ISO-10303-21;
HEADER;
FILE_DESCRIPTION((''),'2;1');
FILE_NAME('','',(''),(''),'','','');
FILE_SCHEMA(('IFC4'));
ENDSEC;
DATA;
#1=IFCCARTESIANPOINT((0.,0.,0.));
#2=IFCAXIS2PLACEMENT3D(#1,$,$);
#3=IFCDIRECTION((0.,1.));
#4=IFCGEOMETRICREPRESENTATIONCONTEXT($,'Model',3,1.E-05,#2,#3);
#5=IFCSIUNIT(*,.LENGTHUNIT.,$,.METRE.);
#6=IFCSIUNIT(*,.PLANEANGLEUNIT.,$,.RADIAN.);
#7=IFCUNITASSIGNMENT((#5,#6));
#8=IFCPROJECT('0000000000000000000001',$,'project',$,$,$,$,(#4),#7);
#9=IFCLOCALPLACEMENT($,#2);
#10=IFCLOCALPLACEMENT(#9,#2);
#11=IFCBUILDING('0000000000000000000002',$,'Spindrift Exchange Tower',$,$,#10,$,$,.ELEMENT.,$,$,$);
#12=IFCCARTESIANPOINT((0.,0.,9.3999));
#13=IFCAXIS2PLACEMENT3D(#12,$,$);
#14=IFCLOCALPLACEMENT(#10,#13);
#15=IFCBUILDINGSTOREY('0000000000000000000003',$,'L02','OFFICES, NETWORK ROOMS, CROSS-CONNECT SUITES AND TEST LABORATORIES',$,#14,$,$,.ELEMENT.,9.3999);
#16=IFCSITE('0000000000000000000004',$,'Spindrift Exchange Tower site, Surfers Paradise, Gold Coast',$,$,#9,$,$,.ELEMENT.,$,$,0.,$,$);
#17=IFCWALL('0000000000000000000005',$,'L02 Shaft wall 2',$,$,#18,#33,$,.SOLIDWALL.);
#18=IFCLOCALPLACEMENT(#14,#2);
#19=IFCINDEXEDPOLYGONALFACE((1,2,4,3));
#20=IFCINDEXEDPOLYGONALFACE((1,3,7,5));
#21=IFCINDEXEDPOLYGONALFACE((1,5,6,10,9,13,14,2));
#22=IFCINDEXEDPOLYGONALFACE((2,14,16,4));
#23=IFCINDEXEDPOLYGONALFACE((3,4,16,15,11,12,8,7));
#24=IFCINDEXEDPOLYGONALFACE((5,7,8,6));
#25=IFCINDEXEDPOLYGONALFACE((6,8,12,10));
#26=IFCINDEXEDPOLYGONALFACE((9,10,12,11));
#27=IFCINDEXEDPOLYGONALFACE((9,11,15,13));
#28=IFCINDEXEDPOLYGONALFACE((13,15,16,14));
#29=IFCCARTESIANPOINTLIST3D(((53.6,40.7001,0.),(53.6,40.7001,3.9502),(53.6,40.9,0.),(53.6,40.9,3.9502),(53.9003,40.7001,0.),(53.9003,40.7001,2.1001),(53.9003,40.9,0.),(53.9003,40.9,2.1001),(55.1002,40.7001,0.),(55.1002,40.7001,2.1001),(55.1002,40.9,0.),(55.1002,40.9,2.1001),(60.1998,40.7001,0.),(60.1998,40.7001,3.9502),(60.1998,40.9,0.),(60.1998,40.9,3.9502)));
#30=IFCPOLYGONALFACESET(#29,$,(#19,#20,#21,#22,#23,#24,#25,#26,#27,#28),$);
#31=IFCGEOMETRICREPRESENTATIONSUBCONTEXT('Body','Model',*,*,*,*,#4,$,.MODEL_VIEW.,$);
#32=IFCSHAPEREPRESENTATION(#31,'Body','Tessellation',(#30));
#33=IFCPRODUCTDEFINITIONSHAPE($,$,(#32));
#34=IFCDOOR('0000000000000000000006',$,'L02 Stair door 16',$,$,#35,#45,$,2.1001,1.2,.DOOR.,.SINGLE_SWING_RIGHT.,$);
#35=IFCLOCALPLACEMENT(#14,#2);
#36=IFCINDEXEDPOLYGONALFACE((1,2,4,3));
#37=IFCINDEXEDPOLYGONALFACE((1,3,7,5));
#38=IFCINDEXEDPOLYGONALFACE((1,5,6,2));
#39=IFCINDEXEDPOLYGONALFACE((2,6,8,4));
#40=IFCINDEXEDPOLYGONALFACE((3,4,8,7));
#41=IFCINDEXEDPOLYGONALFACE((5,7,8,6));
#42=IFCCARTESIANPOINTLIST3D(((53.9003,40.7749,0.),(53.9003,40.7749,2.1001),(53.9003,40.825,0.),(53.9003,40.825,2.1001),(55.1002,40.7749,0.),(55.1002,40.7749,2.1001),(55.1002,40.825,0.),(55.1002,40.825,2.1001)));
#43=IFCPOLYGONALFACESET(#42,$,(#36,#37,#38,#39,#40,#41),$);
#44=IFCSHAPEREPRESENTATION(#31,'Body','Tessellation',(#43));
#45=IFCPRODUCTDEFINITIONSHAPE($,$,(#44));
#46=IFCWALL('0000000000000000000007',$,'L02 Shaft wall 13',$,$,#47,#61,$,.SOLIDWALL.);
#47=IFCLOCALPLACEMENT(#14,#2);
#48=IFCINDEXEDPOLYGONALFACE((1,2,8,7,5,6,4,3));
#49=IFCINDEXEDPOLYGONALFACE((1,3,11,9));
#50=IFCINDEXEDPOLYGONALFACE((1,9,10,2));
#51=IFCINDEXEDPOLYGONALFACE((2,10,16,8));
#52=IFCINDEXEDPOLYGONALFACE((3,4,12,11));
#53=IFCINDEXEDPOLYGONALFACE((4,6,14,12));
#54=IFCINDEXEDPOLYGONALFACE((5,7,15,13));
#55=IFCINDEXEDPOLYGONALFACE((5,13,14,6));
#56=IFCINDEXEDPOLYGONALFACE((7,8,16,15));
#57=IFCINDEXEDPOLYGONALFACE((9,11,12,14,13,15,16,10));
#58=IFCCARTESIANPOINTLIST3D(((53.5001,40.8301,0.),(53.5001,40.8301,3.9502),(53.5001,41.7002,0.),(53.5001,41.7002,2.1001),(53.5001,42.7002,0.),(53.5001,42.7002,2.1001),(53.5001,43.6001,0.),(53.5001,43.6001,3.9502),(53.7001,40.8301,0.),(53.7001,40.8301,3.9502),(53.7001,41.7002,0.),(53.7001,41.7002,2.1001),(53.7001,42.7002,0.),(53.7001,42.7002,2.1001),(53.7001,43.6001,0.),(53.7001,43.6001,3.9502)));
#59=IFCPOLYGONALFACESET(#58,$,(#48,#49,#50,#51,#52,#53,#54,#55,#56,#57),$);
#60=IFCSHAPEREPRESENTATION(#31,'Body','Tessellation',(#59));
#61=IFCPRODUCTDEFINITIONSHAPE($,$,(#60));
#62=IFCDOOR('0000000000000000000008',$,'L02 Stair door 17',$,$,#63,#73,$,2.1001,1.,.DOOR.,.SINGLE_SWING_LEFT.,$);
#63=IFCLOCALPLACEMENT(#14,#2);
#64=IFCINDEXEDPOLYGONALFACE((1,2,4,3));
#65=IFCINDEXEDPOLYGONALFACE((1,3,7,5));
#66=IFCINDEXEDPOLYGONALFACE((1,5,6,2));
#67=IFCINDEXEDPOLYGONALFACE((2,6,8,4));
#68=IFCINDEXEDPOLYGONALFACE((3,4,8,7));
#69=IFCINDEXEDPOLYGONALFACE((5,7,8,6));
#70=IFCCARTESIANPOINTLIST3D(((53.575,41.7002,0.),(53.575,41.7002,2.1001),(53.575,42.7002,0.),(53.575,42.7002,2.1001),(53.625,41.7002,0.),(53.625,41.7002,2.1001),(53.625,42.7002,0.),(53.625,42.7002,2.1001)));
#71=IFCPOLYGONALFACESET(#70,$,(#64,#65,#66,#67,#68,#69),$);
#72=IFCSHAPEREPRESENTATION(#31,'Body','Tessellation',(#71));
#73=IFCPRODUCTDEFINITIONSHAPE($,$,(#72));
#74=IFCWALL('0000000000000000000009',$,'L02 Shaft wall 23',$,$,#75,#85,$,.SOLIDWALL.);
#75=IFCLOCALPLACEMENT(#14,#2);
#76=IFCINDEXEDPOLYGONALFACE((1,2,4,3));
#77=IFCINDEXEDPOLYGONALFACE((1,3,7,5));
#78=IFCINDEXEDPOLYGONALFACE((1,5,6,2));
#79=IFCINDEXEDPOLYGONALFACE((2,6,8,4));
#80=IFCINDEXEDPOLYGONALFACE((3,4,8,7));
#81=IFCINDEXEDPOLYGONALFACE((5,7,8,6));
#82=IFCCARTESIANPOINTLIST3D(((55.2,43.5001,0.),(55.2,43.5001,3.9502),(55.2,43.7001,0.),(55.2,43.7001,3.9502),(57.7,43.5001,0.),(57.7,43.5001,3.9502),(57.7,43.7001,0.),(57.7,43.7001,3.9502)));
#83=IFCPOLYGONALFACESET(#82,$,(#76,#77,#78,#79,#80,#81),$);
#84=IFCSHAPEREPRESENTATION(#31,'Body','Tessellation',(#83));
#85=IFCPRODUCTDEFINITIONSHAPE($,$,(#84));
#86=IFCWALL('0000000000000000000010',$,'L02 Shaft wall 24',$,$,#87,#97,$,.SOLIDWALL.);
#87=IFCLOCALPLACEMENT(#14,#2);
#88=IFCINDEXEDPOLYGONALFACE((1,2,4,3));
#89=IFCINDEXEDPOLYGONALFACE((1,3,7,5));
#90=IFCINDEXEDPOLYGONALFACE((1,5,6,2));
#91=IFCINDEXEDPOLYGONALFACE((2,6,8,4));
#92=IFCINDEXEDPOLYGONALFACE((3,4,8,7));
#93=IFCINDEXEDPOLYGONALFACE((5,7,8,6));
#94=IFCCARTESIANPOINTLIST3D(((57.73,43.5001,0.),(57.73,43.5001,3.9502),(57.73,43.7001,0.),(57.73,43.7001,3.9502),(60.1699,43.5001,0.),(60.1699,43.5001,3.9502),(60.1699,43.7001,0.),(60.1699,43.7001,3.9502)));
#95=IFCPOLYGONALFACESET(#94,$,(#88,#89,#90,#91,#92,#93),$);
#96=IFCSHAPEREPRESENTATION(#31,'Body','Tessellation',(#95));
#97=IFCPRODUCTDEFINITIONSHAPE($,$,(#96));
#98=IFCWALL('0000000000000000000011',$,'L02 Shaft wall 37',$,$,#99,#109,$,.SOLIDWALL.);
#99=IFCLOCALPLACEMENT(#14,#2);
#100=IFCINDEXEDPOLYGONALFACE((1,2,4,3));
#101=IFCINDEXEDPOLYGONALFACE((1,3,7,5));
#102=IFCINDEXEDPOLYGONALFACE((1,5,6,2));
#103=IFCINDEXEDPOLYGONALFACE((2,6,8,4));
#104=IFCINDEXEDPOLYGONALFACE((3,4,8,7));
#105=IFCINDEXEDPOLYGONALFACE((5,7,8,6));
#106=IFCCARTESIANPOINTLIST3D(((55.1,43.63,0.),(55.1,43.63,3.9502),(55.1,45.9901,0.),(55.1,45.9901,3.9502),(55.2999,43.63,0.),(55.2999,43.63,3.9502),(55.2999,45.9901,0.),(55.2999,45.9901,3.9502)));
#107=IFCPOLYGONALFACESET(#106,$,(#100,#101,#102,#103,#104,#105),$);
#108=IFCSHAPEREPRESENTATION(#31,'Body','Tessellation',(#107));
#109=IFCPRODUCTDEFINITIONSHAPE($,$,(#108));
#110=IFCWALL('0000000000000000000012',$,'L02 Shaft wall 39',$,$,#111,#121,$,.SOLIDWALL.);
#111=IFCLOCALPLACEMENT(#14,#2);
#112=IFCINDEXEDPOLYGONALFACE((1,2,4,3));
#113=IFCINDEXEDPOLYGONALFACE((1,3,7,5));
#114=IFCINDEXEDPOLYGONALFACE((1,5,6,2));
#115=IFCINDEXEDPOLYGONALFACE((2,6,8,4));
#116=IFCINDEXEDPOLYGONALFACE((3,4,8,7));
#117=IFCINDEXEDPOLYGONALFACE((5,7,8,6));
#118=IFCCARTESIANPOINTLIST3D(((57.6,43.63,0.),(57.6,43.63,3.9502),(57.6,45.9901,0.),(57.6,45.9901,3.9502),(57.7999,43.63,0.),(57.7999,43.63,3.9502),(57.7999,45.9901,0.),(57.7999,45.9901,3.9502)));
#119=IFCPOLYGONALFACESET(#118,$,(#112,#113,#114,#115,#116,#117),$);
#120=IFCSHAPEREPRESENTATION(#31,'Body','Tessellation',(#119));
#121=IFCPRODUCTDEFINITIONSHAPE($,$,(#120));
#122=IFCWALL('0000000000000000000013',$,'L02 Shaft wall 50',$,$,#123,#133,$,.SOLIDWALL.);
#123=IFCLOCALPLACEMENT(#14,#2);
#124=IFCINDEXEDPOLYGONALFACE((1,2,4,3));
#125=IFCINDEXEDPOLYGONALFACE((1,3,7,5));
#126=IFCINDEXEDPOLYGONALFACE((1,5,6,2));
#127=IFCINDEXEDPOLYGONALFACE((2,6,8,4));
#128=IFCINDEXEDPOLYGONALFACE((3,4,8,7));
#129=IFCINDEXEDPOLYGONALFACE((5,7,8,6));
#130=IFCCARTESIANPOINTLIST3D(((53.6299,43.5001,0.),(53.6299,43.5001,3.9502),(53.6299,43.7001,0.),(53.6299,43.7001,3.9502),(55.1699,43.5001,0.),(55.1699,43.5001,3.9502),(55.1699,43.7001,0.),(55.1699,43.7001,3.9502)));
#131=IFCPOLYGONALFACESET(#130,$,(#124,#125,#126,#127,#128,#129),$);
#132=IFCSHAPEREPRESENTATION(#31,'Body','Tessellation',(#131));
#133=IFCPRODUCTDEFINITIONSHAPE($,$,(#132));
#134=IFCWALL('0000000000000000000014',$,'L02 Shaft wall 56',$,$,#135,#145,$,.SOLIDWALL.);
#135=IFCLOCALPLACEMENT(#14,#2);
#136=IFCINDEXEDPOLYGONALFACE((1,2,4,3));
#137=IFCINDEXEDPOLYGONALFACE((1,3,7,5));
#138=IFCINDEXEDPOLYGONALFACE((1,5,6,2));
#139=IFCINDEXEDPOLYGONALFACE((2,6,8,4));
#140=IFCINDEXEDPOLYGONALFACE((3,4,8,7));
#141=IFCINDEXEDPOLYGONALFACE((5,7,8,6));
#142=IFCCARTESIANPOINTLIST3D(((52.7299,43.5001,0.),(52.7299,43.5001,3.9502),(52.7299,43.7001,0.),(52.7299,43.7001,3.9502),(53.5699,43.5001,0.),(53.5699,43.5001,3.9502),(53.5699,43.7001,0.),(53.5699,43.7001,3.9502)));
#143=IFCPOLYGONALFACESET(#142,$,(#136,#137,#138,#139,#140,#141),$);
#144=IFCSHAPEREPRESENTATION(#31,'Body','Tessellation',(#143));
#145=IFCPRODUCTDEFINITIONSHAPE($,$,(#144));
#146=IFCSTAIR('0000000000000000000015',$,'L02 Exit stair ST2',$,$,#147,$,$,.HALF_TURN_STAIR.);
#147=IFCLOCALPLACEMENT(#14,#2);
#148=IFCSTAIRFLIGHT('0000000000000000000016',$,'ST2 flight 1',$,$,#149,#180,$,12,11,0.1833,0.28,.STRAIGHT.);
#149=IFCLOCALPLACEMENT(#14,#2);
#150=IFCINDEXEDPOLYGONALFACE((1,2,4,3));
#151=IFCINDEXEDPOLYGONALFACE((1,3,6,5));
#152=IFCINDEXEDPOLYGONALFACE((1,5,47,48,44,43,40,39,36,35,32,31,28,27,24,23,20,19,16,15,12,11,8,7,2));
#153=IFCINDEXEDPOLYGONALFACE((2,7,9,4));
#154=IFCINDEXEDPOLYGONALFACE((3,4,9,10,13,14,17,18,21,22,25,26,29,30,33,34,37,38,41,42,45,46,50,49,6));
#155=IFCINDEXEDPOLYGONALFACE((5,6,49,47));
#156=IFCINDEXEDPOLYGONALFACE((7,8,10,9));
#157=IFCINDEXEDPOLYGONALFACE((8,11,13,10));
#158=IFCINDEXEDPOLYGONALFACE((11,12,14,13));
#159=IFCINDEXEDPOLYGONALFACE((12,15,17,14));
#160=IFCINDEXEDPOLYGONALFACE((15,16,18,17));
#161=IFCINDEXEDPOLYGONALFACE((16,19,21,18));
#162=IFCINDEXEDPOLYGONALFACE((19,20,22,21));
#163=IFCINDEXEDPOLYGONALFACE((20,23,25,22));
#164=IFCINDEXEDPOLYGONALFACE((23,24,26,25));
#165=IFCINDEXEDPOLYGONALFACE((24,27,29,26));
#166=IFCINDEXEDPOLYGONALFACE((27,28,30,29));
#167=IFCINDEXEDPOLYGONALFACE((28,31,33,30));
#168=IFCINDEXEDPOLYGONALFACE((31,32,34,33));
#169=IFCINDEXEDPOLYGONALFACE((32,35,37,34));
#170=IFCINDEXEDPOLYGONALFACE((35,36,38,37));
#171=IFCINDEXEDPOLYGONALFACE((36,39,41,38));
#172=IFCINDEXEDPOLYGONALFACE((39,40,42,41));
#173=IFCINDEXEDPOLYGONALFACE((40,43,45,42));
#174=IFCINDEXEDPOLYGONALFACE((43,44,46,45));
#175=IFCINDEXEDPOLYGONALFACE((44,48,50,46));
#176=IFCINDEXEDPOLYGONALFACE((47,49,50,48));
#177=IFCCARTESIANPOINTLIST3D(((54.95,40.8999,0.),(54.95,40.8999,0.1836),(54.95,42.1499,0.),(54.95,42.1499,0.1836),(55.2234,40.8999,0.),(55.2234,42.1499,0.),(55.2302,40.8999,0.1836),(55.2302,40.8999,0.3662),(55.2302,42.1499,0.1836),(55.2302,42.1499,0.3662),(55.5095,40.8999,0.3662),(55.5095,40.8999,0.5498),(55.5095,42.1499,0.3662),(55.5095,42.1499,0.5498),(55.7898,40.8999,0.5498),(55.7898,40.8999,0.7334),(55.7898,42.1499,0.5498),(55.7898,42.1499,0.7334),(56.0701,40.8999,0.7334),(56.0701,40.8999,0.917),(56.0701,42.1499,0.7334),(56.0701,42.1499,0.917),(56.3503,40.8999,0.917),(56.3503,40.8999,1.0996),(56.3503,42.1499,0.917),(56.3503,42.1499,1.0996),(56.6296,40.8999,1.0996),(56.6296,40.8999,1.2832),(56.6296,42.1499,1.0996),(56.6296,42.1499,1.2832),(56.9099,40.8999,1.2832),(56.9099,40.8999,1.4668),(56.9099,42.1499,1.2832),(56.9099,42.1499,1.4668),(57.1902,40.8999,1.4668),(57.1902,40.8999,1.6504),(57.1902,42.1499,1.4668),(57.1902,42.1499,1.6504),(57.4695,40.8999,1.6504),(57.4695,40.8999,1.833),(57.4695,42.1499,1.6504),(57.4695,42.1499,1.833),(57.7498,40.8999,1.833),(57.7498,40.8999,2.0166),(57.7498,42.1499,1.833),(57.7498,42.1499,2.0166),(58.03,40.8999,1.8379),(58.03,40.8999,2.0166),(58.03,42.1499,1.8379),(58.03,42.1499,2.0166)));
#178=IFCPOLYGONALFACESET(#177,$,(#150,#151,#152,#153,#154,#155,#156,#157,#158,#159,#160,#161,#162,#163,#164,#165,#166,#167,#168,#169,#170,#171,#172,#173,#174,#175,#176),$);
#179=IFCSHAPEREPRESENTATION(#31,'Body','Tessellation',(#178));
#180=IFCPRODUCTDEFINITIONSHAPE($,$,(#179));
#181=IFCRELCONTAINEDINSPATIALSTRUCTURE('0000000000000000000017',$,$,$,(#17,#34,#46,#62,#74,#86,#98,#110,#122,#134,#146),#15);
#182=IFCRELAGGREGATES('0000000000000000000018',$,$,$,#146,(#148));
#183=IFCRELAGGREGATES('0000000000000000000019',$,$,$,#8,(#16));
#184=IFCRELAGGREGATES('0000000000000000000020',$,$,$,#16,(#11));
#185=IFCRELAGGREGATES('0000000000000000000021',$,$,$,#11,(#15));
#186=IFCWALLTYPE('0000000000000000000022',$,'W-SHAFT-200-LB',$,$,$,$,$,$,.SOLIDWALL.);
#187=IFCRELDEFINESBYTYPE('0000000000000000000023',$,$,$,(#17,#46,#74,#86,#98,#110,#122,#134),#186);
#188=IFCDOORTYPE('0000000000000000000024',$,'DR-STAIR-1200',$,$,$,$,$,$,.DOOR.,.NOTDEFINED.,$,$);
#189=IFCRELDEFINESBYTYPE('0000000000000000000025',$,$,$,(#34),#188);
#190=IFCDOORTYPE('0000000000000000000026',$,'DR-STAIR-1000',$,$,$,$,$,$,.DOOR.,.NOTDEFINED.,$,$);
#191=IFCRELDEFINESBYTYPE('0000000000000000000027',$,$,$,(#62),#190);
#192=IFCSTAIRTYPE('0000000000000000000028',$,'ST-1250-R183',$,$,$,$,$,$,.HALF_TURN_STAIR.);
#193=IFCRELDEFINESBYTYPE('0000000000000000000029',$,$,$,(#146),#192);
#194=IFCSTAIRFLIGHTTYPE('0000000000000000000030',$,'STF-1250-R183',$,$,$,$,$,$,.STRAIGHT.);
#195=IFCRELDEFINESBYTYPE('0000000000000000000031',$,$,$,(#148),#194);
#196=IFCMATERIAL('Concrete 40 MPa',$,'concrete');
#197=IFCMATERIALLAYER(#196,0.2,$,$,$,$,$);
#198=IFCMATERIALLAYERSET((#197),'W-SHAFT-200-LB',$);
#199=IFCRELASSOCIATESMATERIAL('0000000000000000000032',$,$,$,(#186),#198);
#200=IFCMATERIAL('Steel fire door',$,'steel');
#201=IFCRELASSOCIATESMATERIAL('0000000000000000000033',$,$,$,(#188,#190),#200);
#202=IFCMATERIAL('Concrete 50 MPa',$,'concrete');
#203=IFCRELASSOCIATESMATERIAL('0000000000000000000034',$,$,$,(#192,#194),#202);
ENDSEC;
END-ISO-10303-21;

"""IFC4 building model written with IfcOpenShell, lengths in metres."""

from ifc_helpers import new_model, si_unit, direction, frame, frame_2d, origin, place, context, subcontext, project, spatial, line, indexed_curve, rectangle, outline, extrude, source, transform, mapped, material, layer, layer_set, type_object, element, fill, aggregate, save


model = new_model("IFC4")

# Units and contexts
model_context = context("Model", 3, precision=1e-05, world=origin(), true_north=direction((0.0, 1.0)))
body_context = subcontext(model_context, "Body", "Model", "MODEL_VIEW")
ifc_project = project(units=[si_unit("LENGTHUNIT", "METRE"), si_unit("PLANEANGLEUNIT", "RADIAN")], contexts=[model_context])

# Site, building, storey
site_placement = place(None, origin())
site = spatial("IfcSite", under=ifc_project, at=site_placement, Name="Spindrift Exchange Tower site, Surfers Paradise, Gold Coast", CompositionType="ELEMENT", RefElevation=0.0)
building_placement = place(site_placement, origin())
building = spatial("IfcBuilding", under=site, at=building_placement, Name="Spindrift Exchange Tower", CompositionType="ELEMENT")
storey_placement = place(building_placement, frame((0.0, 0.0, 9.3999)))
storey = spatial("IfcBuildingStorey", under=building, at=storey_placement, Name="L02", Description="OFFICES, NETWORK ROOMS, CROSS-CONNECT SUITES AND TEST LABORATORIES", CompositionType="ELEMENT", Elevation=9.3999)

# Shared definitions
ifc_material_1 = material(Name="Concrete 40 MPa", Category="concrete")

# Walls, openings, doors
ifc_layer_1 = layer(ifc_material_1, 0.2)
ifc_layer_set_1 = layer_set([ifc_layer_1], Name="W-SHAFT-200-LB")
wall_type_1 = type_object("IfcWallType", Name="W-SHAFT-200-LB", PredefinedType="SOLIDWALL", material=ifc_layer_set_1)
wall_1_placement = place(storey_placement, frame((53.6001, 40.8, 0.0), z_axis=(0.0, 0.0, 1.0), x_axis=(1.0, 0.0, 0.0)))
wall_1 = element("IfcWall", 1, at=wall_1_placement, inside=storey, type_object=wall_type_1, Name="L02 Shaft wall 2", PredefinedType="SOLIDWALL", context=body_context, shape_type="SweptSolid", body=[
    extrude(rectangle(XDim=6.5999, YDim=0.2, at=frame_2d((3.2998, 0.0))), origin(), (0.0, 0.0, 1.0), 3.9502),
])
opening_1_placement = place(wall_1_placement, frame((0.3, 0.0, 0.0)))
opening_1 = element("IfcOpeningElement", 2, at=opening_1_placement, cuts=wall_1, PredefinedType="OPENING", context=body_context, shape_type="SweptSolid", body=[
    extrude(rectangle(XDim=1.2, YDim=2.1001, at=frame_2d((0.6001, 1.05))), frame((0.0, 0.1099, 0.0), z_axis=(0.0, -1.0, 0.0), x_axis=(1.0, 0.0, 0.0)), (0.0, 0.0, 1.0), 0.22),
])
ifc_material_2 = material(Name="Steel fire door", Category="steel")
door_type_1 = type_object("IfcDoorType", Name="DR-STAIR-1200", OperationType="NOTDEFINED", PredefinedType="DOOR", material=ifc_material_2)
shared_shape_1 = source(origin(), body_context, "Body", "SweptSolid", [
    extrude(rectangle(XDim=1.2, YDim=2.1001, at=frame_2d((0.6001, 1.05))), frame((0.0, 0.0249, 0.0), z_axis=(0.0, -1.0, 0.0), x_axis=(1.0, 0.0, 0.0)), (0.0, 0.0, 1.0), 0.05),
])
door_1_placement = place(opening_1_placement, origin())
door_1 = element("IfcDoor", 3, at=door_1_placement, inside=storey, type_object=door_type_1, Name="L02 Stair door 16", OperationType="SINGLE_SWING_RIGHT", OverallHeight=2.1001, OverallWidth=1.2, PredefinedType="DOOR", context=body_context, shape_type="MappedRepresentation", body=[
    mapped(shared_shape_1, transform((0.0, 0.0, 0.0), scale=1.0)),
])
fill(opening_1, door_1)
wall_2_placement = place(storey_placement, frame((53.6001, 43.6001, 0.0), z_axis=(0.0, 0.0, 1.0), x_axis=(0.0, -1.0, 0.0)))
wall_2 = element("IfcWall", 4, at=wall_2_placement, inside=storey, type_object=wall_type_1, Name="L02 Shaft wall 13", PredefinedType="SOLIDWALL", context=body_context, shape_type="SweptSolid", body=[
    extrude(rectangle(XDim=2.77, YDim=0.2, at=frame_2d((1.385, 0.0))), origin(), (0.0, 0.0, 1.0), 3.9502),
])
opening_2_placement = place(wall_2_placement, frame((0.8999, 0.0, 0.0)))
opening_2 = element("IfcOpeningElement", 5, at=opening_2_placement, cuts=wall_2, PredefinedType="OPENING", context=body_context, shape_type="SweptSolid", body=[
    extrude(rectangle(XDim=1.0, YDim=2.1001, at=frame_2d((0.5, 1.05))), frame((0.0, 0.1099, 0.0), z_axis=(0.0, -1.0, 0.0), x_axis=(1.0, 0.0, 0.0)), (0.0, 0.0, 1.0), 0.22),
])
door_type_2 = type_object("IfcDoorType", Name="DR-STAIR-1000", OperationType="NOTDEFINED", PredefinedType="DOOR", material=ifc_material_2)
shared_shape_2 = source(origin(), body_context, "Body", "SweptSolid", [
    extrude(rectangle(XDim=1.0, YDim=2.1001, at=frame_2d((0.5, 1.05))), frame((0.0, 0.0249, 0.0), z_axis=(0.0, -1.0, 0.0), x_axis=(1.0, 0.0, 0.0)), (0.0, 0.0, 1.0), 0.05),
])
door_2_placement = place(opening_2_placement, origin())
door_2 = element("IfcDoor", 6, at=door_2_placement, inside=storey, type_object=door_type_2, Name="L02 Stair door 17", OperationType="SINGLE_SWING_LEFT", OverallHeight=2.1001, OverallWidth=1.0, PredefinedType="DOOR", context=body_context, shape_type="MappedRepresentation", body=[
    mapped(shared_shape_2, transform((0.0, 0.0, 0.0), scale=1.0)),
])
fill(opening_2, door_2)

# Walls
wall_3_placement = place(storey_placement, frame((55.2, 43.6001, 0.0), z_axis=(0.0, 0.0, 1.0), x_axis=(1.0, 0.0, 0.0)))
element("IfcWall", 7, at=wall_3_placement, inside=storey, type_object=wall_type_1, Name="L02 Shaft wall 23", PredefinedType="SOLIDWALL", context=body_context, shape_type="SweptSolid", body=[
    extrude(rectangle(XDim=2.5, YDim=0.2, at=frame_2d((1.25, 0.0))), origin(), (0.0, 0.0, 1.0), 3.9502),
])
wall_4_placement = place(storey_placement, frame((57.73, 43.6001, 0.0), z_axis=(0.0, 0.0, 1.0), x_axis=(1.0, 0.0, 0.0)))
element("IfcWall", 8, at=wall_4_placement, inside=storey, type_object=wall_type_1, Name="L02 Shaft wall 24", PredefinedType="SOLIDWALL", context=body_context, shape_type="SweptSolid", body=[
    extrude(rectangle(XDim=2.4399, YDim=0.2, at=frame_2d((1.22, 0.0))), origin(), (0.0, 0.0, 1.0), 3.9502),
])
for number, where, z_axis, x_axis, name in (
    (9, (55.2, 43.6299, 0.0), (0.0, 0.0, 1.0), (0.0, 1.0, 0.0), "L02 Shaft wall 37"),
    (10, (57.7, 43.6299, 0.0), (0.0, 0.0, 1.0), (0.0, 1.0, 0.0), "L02 Shaft wall 39"),
):
    element("IfcWall", number, at=place(storey_placement, frame(where, z_axis=z_axis, x_axis=x_axis)), inside=storey, type_object=wall_type_1, Name=name, PredefinedType="SOLIDWALL", context=body_context, shape_type="SweptSolid", body=[
        extrude(rectangle(XDim=2.3601, YDim=0.2, at=frame_2d((1.1802, 0.0))), origin(), (0.0, 0.0, 1.0), 3.9502),
    ])
wall_5_placement = place(storey_placement, frame((53.6299, 43.6001, 0.0), z_axis=(0.0, 0.0, 1.0), x_axis=(1.0, 0.0, 0.0)))
element("IfcWall", 11, at=wall_5_placement, inside=storey, type_object=wall_type_1, Name="L02 Shaft wall 50", PredefinedType="SOLIDWALL", context=body_context, shape_type="SweptSolid", body=[
    extrude(rectangle(XDim=1.54, YDim=0.2, at=frame_2d((0.77, 0.0))), origin(), (0.0, 0.0, 1.0), 3.9502),
])
wall_6_placement = place(storey_placement, frame((52.73, 43.6001, 0.0), z_axis=(0.0, 0.0, 1.0), x_axis=(1.0, 0.0, 0.0)))
element("IfcWall", 12, at=wall_6_placement, inside=storey, type_object=wall_type_1, Name="L02 Shaft wall 56", PredefinedType="SOLIDWALL", context=body_context, shape_type="SweptSolid", body=[
    extrude(rectangle(XDim=0.8401, YDim=0.2, at=frame_2d((0.4199, 0.0))), origin(), (0.0, 0.0, 1.0), 3.9502),
])

# Stair, stair flight
ifc_material_3 = material(Name="Concrete 50 MPa", Category="concrete")
stair_type = type_object("IfcStairType", Name="ST-1250-R183", PredefinedType="HALF_TURN_STAIR", material=ifc_material_3)
stair_placement = place(storey_placement, origin())
stair = element("IfcStair", 13, at=stair_placement, inside=storey, type_object=stair_type, Name="L02 Exit stair ST2", PredefinedType="HALF_TURN_STAIR")
stair_flight_type = type_object("IfcStairFlightType", Name="STF-1250-R183", PredefinedType="STRAIGHT", material=ifc_material_3)
stair_flight_placement = place(storey_placement, frame((54.95, 41.5249, 0.0), z_axis=(0.0, 0.0, 1.0), x_axis=(1.0, 0.0, 0.0)))
stair_flight = element("IfcStairFlight", 14, at=stair_flight_placement, type_object=stair_flight_type, Name="ST2 flight 1", NumberOfRisers=12, NumberOfTreads=11, PredefinedType="STRAIGHT", RiserHeight=0.1833, TreadLength=0.28, context=body_context, shape_type="SweptSolid", body=[
    extrude(outline(indexed_curve([(0.0, 0.0), (0.0, 0.1836), (0.2803, 0.1836), (0.2803, 0.3662), (0.5596, 0.3662), (0.5596, 0.5498), (0.8398, 0.5498), (0.8398, 0.7334), (1.1201, 0.7334), (1.1201, 0.917), (1.4004, 0.917), (1.4004, 1.0996), (1.6797, 1.0996), (1.6797, 1.2832), (1.96, 1.2832), (1.96, 1.4668), (2.2402, 1.4668), (2.2402, 1.6504), (2.5195, 1.6504), (2.5195, 1.833), (2.7998, 1.833), (2.7998, 2.0166), (3.0801, 2.0166), (3.0801, 2.2002), (3.0801, 1.8379), (0.2734, 0.0)], segments=[line(1, 2, 3, 4, 5, 6, 7, 8, 9, 10, 11, 12, 13, 14, 15, 16, 17, 18, 19, 20, 21, 22, 23, 24, 25, 26, 1)], self_intersect=False)), frame((0.0, 0.625, 0.0), z_axis=(0.0, -1.0, 0.0), x_axis=(1.0, 0.0, 0.0)), (0.0, 0.0, 1.0), 1.25),
])
aggregate(stair, [stair_flight])

save(model, "model.ifc")
